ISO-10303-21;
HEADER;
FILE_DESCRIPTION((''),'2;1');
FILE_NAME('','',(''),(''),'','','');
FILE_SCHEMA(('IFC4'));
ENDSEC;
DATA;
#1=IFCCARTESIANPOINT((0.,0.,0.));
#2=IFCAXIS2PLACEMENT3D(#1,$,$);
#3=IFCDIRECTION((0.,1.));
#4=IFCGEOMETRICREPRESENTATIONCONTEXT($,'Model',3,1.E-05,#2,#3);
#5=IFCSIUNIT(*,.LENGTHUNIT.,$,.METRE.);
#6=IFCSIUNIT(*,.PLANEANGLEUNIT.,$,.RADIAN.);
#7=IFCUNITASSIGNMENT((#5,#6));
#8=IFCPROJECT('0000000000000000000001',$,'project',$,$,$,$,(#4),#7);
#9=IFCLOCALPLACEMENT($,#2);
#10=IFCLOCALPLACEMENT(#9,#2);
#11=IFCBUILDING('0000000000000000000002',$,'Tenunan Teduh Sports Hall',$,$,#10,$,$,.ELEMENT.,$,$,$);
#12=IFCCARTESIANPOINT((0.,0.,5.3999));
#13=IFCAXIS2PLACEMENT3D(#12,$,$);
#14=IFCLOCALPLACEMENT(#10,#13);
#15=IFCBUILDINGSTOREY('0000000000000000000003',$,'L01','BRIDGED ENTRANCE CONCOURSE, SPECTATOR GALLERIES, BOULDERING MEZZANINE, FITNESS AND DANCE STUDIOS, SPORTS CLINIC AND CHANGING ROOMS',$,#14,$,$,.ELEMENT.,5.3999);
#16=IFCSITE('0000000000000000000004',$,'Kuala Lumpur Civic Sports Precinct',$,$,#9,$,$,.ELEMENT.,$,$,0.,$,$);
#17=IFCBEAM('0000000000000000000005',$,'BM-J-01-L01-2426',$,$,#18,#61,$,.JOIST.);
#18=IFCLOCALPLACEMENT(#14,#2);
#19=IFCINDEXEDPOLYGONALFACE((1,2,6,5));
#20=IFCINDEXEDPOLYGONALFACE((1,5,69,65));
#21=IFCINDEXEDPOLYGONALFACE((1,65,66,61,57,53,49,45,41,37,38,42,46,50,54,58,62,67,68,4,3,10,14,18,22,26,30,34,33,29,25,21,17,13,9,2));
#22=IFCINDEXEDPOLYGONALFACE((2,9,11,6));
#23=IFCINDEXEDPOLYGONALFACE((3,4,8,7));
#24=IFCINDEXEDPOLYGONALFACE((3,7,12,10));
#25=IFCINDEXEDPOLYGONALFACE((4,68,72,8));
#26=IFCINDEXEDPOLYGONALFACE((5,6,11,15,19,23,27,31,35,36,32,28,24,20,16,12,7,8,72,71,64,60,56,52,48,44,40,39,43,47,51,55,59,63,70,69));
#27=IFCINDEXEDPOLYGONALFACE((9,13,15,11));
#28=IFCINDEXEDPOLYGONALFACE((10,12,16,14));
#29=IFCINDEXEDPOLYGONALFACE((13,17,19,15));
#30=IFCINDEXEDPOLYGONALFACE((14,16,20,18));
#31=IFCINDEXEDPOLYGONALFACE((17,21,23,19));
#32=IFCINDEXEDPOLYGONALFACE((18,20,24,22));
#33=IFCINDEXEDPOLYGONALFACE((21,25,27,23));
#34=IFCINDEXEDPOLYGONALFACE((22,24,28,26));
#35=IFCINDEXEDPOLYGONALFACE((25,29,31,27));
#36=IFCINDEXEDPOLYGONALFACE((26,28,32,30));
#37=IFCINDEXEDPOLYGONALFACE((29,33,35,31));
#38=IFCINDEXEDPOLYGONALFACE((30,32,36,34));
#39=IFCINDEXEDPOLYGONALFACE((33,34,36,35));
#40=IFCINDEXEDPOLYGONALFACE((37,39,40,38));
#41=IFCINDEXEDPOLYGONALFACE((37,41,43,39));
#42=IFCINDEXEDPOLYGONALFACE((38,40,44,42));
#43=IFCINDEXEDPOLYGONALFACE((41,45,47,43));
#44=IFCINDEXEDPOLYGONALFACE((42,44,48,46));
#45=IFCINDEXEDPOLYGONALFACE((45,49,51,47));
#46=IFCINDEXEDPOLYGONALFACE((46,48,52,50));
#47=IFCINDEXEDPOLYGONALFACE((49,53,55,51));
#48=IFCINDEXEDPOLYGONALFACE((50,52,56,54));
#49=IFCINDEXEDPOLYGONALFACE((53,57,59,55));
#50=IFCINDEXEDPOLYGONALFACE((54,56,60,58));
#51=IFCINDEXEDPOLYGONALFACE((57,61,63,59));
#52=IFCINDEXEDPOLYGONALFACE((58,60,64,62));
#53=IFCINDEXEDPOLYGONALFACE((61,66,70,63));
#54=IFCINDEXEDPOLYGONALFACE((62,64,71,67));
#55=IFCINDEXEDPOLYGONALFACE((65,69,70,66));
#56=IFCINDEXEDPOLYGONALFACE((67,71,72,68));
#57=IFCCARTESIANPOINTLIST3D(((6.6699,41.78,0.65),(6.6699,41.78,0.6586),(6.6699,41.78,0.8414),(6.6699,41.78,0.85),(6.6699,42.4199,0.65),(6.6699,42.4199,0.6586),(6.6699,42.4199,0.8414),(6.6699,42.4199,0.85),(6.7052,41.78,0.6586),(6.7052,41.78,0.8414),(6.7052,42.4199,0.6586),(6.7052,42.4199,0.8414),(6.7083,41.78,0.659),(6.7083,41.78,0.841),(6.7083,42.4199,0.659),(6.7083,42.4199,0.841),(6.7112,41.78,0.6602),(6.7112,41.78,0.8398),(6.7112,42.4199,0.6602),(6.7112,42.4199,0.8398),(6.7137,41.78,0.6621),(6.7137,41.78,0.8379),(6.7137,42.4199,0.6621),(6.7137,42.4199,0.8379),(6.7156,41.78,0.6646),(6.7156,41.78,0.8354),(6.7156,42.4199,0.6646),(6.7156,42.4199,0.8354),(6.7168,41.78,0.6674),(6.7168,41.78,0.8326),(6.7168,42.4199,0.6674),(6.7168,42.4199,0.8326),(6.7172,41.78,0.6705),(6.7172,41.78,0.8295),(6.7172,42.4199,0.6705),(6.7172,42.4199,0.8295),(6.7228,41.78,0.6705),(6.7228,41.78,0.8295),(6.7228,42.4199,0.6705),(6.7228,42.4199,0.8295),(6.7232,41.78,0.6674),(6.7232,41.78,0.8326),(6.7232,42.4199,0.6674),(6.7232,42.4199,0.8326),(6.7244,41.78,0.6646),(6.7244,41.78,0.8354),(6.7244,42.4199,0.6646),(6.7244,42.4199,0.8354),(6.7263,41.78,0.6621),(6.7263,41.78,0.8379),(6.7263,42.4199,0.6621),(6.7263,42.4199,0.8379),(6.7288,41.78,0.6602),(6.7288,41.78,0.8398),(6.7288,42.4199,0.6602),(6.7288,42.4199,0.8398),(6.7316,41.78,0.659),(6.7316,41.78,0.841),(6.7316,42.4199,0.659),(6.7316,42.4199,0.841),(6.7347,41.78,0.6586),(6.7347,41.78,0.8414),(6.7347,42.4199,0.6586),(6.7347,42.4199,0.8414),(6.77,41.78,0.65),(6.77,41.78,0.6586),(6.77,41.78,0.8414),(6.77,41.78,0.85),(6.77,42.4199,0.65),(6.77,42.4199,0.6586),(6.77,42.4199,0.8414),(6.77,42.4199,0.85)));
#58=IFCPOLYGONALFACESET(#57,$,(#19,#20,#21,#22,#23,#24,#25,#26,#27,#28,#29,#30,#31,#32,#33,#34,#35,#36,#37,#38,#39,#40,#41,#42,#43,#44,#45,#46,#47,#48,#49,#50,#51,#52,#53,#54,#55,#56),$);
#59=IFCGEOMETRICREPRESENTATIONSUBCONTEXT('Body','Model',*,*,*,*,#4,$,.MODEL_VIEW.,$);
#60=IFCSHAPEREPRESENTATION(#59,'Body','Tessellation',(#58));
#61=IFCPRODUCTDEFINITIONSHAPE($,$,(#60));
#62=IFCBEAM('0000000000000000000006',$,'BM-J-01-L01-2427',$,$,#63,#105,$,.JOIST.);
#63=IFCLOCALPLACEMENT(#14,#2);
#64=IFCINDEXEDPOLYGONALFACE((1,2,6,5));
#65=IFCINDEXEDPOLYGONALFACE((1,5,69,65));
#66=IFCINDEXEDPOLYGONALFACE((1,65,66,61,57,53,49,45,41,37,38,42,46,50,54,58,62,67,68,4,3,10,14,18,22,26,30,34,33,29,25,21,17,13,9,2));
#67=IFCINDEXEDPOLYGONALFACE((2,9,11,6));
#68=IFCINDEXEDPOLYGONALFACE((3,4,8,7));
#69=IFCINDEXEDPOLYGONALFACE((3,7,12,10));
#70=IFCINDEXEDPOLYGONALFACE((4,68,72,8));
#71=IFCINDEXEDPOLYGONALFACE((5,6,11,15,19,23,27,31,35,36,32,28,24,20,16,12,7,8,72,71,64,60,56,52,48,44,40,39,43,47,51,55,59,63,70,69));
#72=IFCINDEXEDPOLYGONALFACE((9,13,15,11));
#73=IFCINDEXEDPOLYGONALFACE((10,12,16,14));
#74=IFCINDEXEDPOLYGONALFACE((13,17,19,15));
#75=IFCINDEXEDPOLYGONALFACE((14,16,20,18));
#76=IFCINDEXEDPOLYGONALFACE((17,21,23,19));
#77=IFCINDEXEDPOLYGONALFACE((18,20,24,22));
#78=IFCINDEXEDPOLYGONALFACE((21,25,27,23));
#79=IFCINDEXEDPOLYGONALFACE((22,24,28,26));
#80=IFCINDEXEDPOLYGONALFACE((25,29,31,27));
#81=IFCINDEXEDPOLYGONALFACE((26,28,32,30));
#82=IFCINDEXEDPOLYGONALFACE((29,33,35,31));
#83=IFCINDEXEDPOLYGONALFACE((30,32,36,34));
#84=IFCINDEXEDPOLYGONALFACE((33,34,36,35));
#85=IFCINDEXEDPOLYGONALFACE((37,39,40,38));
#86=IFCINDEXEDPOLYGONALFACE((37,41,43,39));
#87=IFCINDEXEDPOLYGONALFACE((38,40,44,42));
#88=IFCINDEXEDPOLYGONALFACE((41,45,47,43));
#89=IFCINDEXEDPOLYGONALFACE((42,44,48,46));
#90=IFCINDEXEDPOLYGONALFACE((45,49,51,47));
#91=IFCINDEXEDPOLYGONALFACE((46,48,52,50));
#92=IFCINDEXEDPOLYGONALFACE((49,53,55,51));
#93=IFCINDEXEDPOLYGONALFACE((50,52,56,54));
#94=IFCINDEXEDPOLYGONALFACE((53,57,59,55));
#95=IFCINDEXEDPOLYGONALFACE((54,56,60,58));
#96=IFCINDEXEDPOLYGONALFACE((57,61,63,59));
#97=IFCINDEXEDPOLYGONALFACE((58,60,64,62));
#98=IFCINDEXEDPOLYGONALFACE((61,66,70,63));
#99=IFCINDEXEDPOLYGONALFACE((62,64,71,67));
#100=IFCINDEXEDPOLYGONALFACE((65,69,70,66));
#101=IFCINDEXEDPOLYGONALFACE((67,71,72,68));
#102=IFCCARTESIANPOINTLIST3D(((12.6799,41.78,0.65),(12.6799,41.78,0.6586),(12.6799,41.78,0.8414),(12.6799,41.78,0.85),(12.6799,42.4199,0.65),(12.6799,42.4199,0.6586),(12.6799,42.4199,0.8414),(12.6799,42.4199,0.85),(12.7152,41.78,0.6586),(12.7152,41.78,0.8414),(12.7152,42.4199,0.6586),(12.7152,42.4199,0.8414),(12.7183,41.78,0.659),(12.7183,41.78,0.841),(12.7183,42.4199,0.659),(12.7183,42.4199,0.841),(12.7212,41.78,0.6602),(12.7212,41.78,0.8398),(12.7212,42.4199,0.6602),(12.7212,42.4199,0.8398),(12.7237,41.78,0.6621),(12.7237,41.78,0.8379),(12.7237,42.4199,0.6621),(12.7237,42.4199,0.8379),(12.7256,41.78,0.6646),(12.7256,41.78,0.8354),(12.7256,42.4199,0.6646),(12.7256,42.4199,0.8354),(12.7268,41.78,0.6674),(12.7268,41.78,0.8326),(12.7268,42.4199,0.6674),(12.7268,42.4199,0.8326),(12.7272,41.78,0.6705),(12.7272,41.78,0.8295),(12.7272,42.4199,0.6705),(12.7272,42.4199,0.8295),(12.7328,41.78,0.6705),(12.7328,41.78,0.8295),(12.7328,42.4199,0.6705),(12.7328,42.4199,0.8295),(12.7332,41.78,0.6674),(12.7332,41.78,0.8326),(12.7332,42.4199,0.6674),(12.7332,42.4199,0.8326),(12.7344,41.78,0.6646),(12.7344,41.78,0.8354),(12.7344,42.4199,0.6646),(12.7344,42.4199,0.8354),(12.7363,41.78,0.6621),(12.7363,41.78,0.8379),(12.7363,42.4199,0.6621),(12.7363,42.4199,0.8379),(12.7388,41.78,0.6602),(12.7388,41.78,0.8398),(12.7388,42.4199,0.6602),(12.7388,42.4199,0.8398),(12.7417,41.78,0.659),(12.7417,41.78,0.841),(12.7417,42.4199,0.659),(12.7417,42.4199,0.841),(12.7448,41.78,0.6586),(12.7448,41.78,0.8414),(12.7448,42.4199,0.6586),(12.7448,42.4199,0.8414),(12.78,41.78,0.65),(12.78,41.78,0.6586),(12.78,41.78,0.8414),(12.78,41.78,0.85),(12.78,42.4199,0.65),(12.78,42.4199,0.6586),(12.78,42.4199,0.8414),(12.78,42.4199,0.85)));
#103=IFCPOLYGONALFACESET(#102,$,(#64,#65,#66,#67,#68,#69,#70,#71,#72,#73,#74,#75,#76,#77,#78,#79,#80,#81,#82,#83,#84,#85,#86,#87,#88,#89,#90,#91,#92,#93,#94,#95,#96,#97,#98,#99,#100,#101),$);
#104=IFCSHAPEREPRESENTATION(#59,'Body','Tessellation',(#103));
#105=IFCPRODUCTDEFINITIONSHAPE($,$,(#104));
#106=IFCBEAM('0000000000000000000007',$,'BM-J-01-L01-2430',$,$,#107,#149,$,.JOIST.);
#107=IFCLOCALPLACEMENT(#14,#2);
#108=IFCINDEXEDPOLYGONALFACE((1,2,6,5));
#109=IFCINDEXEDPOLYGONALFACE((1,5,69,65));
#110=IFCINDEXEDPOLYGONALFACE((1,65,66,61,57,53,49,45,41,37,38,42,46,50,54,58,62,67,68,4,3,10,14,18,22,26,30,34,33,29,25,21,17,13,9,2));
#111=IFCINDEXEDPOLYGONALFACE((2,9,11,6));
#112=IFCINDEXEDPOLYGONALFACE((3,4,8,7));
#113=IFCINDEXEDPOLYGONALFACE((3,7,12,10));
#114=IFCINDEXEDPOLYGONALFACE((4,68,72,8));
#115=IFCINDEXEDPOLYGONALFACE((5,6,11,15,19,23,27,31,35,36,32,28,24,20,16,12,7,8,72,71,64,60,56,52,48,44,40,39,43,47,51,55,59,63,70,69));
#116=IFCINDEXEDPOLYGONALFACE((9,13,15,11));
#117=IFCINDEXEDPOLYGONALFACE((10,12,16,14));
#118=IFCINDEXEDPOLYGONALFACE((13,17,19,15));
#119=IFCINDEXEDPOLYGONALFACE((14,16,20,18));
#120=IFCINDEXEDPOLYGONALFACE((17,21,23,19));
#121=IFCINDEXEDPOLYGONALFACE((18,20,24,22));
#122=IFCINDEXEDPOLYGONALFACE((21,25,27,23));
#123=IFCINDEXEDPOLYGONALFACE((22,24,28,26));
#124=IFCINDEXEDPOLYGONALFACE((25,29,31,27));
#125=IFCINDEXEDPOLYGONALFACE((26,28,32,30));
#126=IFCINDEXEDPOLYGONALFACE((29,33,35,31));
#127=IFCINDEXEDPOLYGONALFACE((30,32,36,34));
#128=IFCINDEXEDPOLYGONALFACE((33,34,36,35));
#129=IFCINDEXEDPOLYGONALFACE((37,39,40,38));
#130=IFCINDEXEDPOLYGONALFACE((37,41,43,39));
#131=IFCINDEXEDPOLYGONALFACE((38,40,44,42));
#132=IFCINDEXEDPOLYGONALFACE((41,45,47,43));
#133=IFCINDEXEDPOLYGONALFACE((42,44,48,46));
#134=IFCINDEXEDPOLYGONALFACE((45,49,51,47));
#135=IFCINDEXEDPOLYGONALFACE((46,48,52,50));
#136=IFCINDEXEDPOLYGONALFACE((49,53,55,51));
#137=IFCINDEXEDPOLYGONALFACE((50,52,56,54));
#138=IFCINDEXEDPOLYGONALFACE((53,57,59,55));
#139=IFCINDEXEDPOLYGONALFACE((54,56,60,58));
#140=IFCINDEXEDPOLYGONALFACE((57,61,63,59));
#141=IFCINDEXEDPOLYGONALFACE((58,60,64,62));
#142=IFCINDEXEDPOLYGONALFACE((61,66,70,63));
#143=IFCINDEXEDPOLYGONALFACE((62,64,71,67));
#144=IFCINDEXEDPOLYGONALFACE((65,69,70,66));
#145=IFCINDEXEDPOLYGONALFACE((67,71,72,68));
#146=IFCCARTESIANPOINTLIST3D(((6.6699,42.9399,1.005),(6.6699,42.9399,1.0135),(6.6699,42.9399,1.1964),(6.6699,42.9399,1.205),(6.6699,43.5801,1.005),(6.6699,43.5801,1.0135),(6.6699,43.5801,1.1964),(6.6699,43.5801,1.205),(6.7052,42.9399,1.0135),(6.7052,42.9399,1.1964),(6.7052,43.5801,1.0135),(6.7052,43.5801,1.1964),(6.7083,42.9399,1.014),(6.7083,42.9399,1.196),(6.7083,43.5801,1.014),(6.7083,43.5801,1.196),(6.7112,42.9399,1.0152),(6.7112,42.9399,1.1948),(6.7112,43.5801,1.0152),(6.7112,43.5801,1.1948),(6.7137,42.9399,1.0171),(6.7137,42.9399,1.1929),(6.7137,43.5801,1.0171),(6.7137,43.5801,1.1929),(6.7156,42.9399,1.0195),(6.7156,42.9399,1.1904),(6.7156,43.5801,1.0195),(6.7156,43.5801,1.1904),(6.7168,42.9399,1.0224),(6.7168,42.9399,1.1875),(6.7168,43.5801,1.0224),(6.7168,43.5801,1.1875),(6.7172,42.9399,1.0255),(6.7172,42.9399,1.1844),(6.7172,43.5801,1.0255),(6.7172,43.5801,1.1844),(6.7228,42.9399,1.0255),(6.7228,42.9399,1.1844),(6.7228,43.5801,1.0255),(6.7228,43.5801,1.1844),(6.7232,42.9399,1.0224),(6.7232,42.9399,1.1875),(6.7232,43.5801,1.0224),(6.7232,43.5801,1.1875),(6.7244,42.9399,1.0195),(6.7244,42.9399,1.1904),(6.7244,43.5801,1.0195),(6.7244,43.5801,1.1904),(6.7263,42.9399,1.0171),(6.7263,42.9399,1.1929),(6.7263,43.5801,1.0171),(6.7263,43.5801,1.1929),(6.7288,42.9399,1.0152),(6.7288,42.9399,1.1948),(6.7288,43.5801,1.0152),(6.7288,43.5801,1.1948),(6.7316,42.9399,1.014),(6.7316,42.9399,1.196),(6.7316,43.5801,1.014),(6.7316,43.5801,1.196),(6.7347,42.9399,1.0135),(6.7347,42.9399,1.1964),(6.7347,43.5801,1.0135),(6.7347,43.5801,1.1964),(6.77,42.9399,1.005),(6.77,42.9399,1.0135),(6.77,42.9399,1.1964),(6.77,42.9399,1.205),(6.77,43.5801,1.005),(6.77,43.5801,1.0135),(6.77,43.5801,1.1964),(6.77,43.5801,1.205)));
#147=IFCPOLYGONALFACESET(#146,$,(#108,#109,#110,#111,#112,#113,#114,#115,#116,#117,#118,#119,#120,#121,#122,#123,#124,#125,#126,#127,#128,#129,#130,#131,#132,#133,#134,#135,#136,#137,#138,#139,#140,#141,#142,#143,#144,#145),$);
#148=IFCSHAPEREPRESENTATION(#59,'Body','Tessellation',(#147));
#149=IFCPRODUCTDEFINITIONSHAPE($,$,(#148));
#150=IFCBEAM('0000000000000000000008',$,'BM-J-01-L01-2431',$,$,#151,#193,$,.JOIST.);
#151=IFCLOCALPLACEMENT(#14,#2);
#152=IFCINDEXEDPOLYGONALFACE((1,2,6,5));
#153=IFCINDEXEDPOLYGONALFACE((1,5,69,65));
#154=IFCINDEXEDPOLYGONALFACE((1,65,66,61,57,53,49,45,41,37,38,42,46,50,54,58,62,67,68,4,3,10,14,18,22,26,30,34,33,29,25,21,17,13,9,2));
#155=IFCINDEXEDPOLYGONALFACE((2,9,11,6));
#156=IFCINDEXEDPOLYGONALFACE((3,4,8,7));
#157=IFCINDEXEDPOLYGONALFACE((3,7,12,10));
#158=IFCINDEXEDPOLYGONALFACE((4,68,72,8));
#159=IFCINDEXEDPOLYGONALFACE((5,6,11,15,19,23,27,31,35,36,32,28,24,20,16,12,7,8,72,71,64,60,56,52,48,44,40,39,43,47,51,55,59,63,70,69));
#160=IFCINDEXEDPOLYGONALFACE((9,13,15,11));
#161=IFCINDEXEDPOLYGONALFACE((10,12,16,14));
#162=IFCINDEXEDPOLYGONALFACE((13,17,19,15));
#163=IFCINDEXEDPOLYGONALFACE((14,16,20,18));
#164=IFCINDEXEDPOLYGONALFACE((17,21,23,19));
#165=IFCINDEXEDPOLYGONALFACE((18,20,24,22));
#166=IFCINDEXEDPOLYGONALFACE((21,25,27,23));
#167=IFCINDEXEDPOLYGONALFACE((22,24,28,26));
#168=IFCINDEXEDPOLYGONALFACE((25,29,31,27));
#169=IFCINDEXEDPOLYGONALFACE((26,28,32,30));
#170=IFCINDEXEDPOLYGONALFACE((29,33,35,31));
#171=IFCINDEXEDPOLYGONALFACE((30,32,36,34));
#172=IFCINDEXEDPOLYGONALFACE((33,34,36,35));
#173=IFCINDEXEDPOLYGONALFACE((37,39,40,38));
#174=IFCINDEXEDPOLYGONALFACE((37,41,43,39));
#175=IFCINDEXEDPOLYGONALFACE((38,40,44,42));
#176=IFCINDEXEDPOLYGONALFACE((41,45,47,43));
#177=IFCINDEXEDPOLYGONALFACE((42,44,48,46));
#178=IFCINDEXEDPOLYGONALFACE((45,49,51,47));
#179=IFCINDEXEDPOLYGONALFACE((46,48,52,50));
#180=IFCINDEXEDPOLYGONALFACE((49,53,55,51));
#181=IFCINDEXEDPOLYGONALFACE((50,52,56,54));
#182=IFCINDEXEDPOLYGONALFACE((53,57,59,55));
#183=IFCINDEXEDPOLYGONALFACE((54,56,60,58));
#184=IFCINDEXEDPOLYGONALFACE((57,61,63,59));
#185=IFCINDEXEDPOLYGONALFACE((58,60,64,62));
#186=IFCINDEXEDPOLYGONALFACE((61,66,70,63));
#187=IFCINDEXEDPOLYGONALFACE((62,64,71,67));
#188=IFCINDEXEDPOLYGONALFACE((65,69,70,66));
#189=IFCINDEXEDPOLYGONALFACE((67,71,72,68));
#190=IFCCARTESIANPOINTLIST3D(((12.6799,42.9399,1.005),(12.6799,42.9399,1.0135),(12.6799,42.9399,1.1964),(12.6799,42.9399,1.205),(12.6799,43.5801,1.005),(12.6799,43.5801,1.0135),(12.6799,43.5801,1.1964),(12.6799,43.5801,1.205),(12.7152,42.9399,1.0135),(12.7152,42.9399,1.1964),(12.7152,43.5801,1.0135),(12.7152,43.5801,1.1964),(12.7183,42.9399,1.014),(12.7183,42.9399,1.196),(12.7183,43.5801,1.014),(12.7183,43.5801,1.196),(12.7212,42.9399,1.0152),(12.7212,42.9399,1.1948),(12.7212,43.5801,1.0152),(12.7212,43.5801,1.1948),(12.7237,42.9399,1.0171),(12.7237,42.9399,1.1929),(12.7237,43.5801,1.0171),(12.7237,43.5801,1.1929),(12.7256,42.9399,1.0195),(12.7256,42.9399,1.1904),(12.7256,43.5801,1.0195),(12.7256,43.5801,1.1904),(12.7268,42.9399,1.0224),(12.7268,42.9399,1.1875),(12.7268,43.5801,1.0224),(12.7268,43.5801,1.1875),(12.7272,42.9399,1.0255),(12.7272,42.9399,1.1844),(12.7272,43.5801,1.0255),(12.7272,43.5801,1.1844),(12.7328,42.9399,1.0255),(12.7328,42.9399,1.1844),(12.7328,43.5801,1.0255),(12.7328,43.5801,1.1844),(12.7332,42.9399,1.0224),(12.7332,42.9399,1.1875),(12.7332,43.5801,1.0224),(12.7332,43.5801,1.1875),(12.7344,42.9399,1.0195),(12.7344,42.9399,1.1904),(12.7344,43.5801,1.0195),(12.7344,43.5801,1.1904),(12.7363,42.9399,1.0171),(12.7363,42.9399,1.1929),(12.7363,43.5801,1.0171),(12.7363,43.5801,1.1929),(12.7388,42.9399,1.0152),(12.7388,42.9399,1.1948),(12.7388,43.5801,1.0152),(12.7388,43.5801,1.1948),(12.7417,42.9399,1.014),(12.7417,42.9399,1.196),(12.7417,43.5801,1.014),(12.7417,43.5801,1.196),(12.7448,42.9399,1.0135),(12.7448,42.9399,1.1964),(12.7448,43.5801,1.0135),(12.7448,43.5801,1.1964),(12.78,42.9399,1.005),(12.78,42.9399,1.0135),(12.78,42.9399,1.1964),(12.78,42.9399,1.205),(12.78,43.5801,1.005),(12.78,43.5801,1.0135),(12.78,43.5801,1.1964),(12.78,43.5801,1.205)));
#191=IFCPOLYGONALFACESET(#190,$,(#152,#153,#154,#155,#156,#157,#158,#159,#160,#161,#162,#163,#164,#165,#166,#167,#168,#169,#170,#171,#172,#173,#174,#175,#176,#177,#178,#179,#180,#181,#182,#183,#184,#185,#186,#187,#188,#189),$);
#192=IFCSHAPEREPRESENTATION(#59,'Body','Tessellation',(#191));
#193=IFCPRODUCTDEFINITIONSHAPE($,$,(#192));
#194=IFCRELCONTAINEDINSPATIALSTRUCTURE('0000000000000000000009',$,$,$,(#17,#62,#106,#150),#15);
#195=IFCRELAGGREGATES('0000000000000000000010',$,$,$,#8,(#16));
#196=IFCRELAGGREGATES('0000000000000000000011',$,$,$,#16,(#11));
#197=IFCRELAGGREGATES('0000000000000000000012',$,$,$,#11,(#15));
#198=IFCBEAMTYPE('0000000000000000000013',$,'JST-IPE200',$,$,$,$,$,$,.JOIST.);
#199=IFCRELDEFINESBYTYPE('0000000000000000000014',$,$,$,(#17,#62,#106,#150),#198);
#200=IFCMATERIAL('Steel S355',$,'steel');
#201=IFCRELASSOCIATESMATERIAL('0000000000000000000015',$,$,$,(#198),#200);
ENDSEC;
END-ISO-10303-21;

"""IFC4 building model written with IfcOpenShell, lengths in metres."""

from ifc_helpers import new_model, si_unit, direction, frame, origin, origin_2d, place, context, subcontext, project, spatial, i_section, extrude, material, material_profile, profile_set, type_object, element, save


model = new_model("IFC4")

# Units and contexts
model_context = context("Model", 3, precision=1e-05, world=origin(), true_north=direction((0.0, 1.0)))
body_context = subcontext(model_context, "Body", "Model", "MODEL_VIEW")
ifc_project = project(units=[si_unit("LENGTHUNIT", "METRE"), si_unit("PLANEANGLEUNIT", "RADIAN")], contexts=[model_context])

# Site, building, storey
site_placement = place(None, origin())
site = spatial("IfcSite", under=ifc_project, at=site_placement, Name="Kuala Lumpur Civic Sports Precinct", CompositionType="ELEMENT", RefElevation=0.0)
building_placement = place(site_placement, origin())
building = spatial("IfcBuilding", under=site, at=building_placement, Name="Tenunan Teduh Sports Hall", CompositionType="ELEMENT")
storey_placement = place(building_placement, frame((0.0, 0.0, 5.3999)))
storey = spatial("IfcBuildingStorey", under=building, at=storey_placement, Name="L01", Description="BRIDGED ENTRANCE CONCOURSE, SPECTATOR GALLERIES, BOULDERING MEZZANINE, FITNESS AND DANCE STUDIOS, SPORTS CLINIC AND CHANGING ROOMS", CompositionType="ELEMENT", Elevation=5.3999)

# Beams
ifc_material_1 = material(Name="Steel S355", Category="steel")
ifc_material_profile_1 = material_profile(ifc_material_1, i_section(OverallWidth=0.1001, OverallDepth=0.2, WebThickness=0.0056, FlangeThickness=0.0085, FilletRadius=0.012, at=origin_2d()), Name="IPE 200")
ifc_profile_set_1 = profile_set([ifc_material_profile_1], Name="Steel S355")
beam_type_1 = type_object("IfcBeamType", Name="JST-IPE200", PredefinedType="JOIST", material=ifc_profile_set_1)
for number, where, z_axis, x_axis, name in (
    (1, (6.72, 41.78, 0.75), (0.0, 1.0, 0.0), (-1.0, 0.0, 0.0), "BM-J-01-L01-2426"),
    (2, (12.73, 41.78, 0.75), (0.0, 1.0, 0.0), (-1.0, 0.0, 0.0), "BM-J-01-L01-2427"),
):
    element("IfcBeam", number, at=place(storey_placement, frame(where, z_axis=z_axis, x_axis=x_axis)), inside=storey, type_object=beam_type_1, Name=name, PredefinedType="JOIST", context=body_context, shape_type="SweptSolid", body=[
        extrude(i_section(OverallWidth=0.1001, OverallDepth=0.2, WebThickness=0.0056, FlangeThickness=0.0085, FilletRadius=0.012, at=origin_2d()), origin(), (0.0, 0.0, 1.0), 0.6399),
    ])
for number, where, z_axis, x_axis, name in (
    (3, (6.72, 42.9399, 1.105), (0.0, 1.0, 0.0), (-1.0, 0.0, 0.0), "BM-J-01-L01-2430"),
    (4, (12.73, 42.9399, 1.105), (0.0, 1.0, 0.0), (-1.0, 0.0, 0.0), "BM-J-01-L01-2431"),
):
    element("IfcBeam", number, at=place(storey_placement, frame(where, z_axis=z_axis, x_axis=x_axis)), inside=storey, type_object=beam_type_1, Name=name, PredefinedType="JOIST", context=body_context, shape_type="SweptSolid", body=[
        extrude(i_section(OverallWidth=0.1001, OverallDepth=0.2, WebThickness=0.0056, FlangeThickness=0.0085, FilletRadius=0.012, at=origin_2d()), origin(), (0.0, 0.0, 1.0), 0.6401),
    ])

save(model, "model.ifc")
